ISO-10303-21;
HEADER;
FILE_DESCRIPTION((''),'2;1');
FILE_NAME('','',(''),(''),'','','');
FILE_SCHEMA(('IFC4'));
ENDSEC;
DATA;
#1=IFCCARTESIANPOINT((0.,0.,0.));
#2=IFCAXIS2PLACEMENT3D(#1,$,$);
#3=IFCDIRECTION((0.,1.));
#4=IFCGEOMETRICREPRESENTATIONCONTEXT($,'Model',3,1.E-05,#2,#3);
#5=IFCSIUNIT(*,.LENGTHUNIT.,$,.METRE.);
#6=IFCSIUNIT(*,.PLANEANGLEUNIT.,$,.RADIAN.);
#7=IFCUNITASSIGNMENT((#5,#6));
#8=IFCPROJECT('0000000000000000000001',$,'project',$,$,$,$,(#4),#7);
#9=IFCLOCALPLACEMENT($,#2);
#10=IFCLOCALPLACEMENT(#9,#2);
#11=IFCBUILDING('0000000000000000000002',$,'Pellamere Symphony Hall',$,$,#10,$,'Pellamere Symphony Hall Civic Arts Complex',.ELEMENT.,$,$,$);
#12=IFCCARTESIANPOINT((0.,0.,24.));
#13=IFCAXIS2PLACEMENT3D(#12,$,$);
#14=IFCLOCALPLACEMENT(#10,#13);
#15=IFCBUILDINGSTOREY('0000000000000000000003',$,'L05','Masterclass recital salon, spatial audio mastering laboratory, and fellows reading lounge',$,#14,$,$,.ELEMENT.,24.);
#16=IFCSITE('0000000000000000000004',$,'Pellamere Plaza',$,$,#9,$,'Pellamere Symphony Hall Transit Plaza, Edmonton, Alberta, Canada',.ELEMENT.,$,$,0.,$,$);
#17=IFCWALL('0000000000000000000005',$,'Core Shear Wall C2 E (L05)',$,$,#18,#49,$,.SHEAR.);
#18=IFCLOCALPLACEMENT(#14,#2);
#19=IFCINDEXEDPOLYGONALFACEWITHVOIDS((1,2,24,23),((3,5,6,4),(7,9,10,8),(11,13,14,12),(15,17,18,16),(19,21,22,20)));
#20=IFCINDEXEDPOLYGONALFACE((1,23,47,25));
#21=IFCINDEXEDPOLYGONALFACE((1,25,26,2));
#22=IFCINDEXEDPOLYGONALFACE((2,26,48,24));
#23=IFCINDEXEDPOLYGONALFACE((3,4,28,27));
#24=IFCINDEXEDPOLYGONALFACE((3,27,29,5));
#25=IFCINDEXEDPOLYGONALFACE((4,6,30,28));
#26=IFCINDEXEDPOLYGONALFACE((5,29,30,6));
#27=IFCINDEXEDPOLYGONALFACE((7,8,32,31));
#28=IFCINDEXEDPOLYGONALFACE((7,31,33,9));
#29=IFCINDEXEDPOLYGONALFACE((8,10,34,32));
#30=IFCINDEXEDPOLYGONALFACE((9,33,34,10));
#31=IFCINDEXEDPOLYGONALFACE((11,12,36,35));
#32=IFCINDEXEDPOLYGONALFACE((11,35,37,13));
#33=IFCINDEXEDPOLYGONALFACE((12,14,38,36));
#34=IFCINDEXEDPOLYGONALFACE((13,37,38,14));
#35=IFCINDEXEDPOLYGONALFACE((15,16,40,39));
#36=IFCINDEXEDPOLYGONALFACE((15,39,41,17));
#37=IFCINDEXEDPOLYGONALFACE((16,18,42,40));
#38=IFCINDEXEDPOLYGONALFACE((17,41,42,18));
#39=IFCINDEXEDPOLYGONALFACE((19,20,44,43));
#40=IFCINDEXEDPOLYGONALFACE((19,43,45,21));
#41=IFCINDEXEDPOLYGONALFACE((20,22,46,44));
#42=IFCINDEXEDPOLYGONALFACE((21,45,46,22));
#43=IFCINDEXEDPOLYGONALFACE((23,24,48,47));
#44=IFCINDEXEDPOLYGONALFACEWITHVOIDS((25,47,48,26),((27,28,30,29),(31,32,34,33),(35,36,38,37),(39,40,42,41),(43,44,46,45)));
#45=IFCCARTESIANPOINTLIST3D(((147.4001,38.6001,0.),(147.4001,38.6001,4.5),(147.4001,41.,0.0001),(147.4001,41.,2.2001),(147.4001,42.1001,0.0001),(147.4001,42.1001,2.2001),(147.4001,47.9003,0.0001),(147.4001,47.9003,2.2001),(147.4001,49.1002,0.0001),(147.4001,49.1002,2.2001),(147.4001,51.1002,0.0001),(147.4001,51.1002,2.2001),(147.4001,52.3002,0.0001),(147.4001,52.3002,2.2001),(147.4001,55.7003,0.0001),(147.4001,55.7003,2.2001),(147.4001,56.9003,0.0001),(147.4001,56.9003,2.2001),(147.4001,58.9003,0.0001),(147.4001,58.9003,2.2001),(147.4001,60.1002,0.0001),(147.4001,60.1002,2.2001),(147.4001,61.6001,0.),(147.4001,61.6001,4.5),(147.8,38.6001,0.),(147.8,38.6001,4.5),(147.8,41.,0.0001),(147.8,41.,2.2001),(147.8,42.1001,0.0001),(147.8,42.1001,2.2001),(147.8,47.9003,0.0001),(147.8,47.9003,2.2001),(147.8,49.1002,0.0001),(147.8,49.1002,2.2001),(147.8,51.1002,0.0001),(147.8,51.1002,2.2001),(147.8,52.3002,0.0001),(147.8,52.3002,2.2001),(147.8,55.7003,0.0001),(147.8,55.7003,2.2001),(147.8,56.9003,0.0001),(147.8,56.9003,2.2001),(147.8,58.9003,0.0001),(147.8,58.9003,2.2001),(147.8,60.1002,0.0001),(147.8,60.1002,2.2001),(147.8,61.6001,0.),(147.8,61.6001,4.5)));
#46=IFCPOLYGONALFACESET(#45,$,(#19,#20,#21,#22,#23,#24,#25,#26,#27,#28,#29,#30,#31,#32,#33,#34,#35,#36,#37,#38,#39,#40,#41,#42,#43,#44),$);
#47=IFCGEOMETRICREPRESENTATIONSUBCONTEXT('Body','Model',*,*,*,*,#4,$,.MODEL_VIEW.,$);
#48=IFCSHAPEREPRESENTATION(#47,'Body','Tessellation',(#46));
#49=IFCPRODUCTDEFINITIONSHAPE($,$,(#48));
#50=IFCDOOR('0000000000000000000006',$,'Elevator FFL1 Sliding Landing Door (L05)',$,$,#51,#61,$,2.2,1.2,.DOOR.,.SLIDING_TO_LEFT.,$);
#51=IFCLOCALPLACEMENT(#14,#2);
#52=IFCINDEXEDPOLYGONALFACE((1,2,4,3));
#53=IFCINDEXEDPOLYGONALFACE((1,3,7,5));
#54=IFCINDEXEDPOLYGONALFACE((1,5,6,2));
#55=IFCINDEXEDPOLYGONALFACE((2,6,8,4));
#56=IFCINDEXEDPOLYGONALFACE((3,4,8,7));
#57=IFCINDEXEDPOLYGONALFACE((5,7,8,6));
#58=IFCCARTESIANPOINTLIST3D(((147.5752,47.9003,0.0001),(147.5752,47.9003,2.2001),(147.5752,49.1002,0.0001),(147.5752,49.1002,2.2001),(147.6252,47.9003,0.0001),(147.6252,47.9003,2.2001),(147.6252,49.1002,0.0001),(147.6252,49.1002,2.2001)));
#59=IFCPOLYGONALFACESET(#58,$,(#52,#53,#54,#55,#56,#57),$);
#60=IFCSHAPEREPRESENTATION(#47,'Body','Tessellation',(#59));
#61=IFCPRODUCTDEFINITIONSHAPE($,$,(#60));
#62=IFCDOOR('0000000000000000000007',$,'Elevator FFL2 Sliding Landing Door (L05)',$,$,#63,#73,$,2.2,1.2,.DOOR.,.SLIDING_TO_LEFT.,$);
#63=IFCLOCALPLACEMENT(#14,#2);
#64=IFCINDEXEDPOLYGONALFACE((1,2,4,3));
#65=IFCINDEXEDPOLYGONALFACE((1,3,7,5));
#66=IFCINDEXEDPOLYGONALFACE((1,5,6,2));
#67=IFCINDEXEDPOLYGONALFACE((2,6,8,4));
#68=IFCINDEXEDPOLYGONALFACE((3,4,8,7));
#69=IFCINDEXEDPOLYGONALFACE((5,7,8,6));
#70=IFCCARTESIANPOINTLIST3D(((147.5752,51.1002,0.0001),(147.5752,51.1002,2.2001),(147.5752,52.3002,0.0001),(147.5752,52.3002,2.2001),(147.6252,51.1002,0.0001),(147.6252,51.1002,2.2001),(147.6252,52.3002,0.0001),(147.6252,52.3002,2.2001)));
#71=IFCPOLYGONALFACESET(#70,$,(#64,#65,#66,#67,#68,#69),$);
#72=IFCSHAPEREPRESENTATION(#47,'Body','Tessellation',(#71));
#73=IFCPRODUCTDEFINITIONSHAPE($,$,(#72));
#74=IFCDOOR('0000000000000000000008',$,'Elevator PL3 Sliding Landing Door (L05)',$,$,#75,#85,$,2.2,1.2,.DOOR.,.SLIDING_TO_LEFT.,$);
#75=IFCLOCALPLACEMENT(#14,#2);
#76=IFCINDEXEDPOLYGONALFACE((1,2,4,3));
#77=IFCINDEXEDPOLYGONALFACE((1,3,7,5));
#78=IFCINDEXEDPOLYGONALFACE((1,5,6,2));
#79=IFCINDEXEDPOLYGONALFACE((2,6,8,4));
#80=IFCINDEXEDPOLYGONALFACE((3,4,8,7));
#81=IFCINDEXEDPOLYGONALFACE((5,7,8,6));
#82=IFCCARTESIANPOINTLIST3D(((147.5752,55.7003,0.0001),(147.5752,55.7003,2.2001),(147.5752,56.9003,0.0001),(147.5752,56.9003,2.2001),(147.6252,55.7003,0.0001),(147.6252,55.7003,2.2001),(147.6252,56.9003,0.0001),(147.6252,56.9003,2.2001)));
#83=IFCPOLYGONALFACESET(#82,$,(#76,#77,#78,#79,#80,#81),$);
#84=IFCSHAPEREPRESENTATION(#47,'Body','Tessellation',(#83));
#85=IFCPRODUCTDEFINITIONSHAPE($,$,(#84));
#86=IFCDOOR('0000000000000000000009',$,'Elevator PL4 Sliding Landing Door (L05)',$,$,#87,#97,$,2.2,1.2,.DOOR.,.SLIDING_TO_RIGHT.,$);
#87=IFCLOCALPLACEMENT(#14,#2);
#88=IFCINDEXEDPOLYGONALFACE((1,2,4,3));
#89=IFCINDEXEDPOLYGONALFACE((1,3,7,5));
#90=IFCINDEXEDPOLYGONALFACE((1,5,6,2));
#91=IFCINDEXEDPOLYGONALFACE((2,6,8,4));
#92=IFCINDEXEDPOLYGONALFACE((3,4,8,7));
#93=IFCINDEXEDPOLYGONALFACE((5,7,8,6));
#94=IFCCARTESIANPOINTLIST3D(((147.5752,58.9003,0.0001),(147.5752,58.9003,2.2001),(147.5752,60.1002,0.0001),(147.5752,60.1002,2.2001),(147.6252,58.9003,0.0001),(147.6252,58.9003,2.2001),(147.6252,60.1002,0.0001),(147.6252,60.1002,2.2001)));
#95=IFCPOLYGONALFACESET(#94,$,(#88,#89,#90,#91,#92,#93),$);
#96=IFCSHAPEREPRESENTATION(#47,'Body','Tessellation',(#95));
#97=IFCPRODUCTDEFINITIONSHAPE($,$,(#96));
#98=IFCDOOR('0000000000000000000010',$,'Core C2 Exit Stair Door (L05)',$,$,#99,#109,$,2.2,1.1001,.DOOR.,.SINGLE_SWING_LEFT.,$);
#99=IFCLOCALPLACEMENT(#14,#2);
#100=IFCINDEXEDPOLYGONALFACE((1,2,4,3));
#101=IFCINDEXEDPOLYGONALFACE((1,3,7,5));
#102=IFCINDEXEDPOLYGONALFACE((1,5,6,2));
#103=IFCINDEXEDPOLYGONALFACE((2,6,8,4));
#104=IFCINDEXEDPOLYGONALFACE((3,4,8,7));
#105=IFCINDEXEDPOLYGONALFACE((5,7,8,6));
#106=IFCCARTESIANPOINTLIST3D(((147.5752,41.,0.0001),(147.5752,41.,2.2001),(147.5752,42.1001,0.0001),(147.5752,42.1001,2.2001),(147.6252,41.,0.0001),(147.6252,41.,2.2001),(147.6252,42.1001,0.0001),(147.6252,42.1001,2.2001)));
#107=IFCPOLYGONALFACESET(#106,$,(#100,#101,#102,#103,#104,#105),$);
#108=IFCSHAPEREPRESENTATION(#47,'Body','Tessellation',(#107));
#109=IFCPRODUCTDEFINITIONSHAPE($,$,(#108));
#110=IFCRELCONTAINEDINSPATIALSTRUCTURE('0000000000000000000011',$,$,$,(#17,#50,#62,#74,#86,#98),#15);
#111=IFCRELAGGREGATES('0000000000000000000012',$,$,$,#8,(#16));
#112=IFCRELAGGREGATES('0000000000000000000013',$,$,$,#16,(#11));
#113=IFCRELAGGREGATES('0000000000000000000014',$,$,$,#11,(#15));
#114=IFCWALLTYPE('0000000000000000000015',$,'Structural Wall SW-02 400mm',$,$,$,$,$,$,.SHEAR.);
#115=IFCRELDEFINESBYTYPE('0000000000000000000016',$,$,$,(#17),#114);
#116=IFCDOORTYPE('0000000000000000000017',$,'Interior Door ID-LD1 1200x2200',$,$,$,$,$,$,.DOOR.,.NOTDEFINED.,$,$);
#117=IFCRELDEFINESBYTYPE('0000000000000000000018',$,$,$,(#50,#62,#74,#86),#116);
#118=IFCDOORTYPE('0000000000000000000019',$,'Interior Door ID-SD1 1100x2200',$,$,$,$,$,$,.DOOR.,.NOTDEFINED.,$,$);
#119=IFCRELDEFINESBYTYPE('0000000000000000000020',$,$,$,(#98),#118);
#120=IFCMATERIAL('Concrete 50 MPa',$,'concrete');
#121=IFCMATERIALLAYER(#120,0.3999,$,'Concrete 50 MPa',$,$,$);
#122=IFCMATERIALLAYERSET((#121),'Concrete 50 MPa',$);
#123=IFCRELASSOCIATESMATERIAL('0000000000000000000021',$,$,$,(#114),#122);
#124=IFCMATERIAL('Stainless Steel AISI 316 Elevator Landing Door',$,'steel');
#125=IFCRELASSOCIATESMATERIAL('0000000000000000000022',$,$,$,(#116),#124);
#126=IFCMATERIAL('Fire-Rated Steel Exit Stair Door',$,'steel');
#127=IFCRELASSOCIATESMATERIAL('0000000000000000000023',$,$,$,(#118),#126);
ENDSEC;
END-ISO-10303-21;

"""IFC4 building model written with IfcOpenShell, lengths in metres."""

from ifc_helpers import new_model, si_unit, direction, frame, frame_2d, origin, place, context, subcontext, project, spatial, rectangle, extrude, material, layer, layer_set, type_object, element, fill, save


model = new_model("IFC4")

# Units and contexts
model_context = context("Model", 3, precision=1e-05, world=origin(), true_north=direction((0.0, 1.0)))
body_context = subcontext(model_context, "Body", "Model", "MODEL_VIEW")
ifc_project = project(units=[si_unit("LENGTHUNIT", "METRE"), si_unit("PLANEANGLEUNIT", "RADIAN")], contexts=[model_context])

# Site, building, storey
site_placement = place(None, origin())
site = spatial("IfcSite", under=ifc_project, at=site_placement, Name="Pellamere Plaza", LongName="Pellamere Symphony Hall Transit Plaza, Edmonton, Alberta, Canada", CompositionType="ELEMENT", RefElevation=0.0)
building_placement = place(site_placement, origin())
building = spatial("IfcBuilding", under=site, at=building_placement, Name="Pellamere Symphony Hall", LongName="Pellamere Symphony Hall Civic Arts Complex", CompositionType="ELEMENT")
storey_placement = place(building_placement, frame((0.0, 0.0, 24.0)))
storey = spatial("IfcBuildingStorey", under=building, at=storey_placement, Name="L05", Description="Masterclass recital salon, spatial audio mastering laboratory, and fellows reading lounge", CompositionType="ELEMENT", Elevation=24.0)

# Wall, openings, doors
ifc_material_1 = material(Name="Concrete 50 MPa", Category="concrete")
ifc_layer_1 = layer(ifc_material_1, 0.3999, Name="Concrete 50 MPa")
ifc_layer_set_1 = layer_set([ifc_layer_1], Name="Concrete 50 MPa")
wall_type_1 = type_object("IfcWallType", Name="Structural Wall SW-02 400mm", PredefinedType="SHEAR", material=ifc_layer_set_1)
wall_1_placement = place(storey_placement, frame((147.6001, 38.6001, 0.0), z_axis=(0.0, 0.0, 1.0), x_axis=(0.0, 1.0, 0.0)))
wall_1 = element("IfcWall", 1, at=wall_1_placement, inside=storey, type_object=wall_type_1, Name="Core Shear Wall C2 E (L05)", PredefinedType="SHEAR", context=body_context, shape_type="SweptSolid", body=[
    extrude(rectangle(XDim=23.0, YDim=0.3999, at=frame_2d((11.5, 0.0))), origin(), (0.0, 0.0, 1.0), 4.5),
])
opening_1_placement = place(wall_1_placement, frame((9.3, 0.0, 0.0)))
opening_1 = element("IfcOpeningElement", 2, at=opening_1_placement, cuts=wall_1, PredefinedType="OPENING", context=body_context, shape_type="SweptSolid", body=[
    extrude(rectangle(XDim=1.2, YDim=2.2, at=frame_2d((0.6001, 1.1001))), frame((0.0, 0.21, 0.0), z_axis=(0.0, -1.0, 0.0), x_axis=(1.0, 0.0, 0.0)), (0.0, 0.0, 1.0), 0.4199),
])
opening_2_placement = place(wall_1_placement, frame((12.5, 0.0, 0.0)))
opening_2 = element("IfcOpeningElement", 3, at=opening_2_placement, cuts=wall_1, PredefinedType="OPENING", context=body_context, shape_type="SweptSolid", body=[
    extrude(rectangle(XDim=1.2, YDim=2.2, at=frame_2d((0.6001, 1.1001))), frame((0.0, 0.21, 0.0), z_axis=(0.0, -1.0, 0.0), x_axis=(1.0, 0.0, 0.0)), (0.0, 0.0, 1.0), 0.4199),
])
opening_3_placement = place(wall_1_placement, frame((17.1001, 0.0, 0.0)))
opening_3 = element("IfcOpeningElement", 4, at=opening_3_placement, cuts=wall_1, PredefinedType="OPENING", context=body_context, shape_type="SweptSolid", body=[
    extrude(rectangle(XDim=1.2, YDim=2.2, at=frame_2d((0.6001, 1.1001))), frame((0.0, 0.21, 0.0), z_axis=(0.0, -1.0, 0.0), x_axis=(1.0, 0.0, 0.0)), (0.0, 0.0, 1.0), 0.4199),
])
opening_4_placement = place(wall_1_placement, frame((20.3, 0.0, 0.0)))
opening_4 = element("IfcOpeningElement", 5, at=opening_4_placement, cuts=wall_1, PredefinedType="OPENING", context=body_context, shape_type="SweptSolid", body=[
    extrude(rectangle(XDim=1.2, YDim=2.2, at=frame_2d((0.6001, 1.1001))), frame((0.0, 0.21, 0.0), z_axis=(0.0, -1.0, 0.0), x_axis=(1.0, 0.0, 0.0)), (0.0, 0.0, 1.0), 0.4199),
])
opening_5_placement = place(wall_1_placement, frame((2.3999, 0.0, 0.0)))
opening_5 = element("IfcOpeningElement", 6, at=opening_5_placement, cuts=wall_1, PredefinedType="OPENING", context=body_context, shape_type="SweptSolid", body=[
    extrude(rectangle(XDim=1.1001, YDim=2.2, at=frame_2d((0.55, 1.1001))), frame((0.0, 0.21, 0.0), z_axis=(0.0, -1.0, 0.0), x_axis=(1.0, 0.0, 0.0)), (0.0, 0.0, 1.0), 0.4199),
])
ifc_material_2 = material(Name="Stainless Steel AISI 316 Elevator Landing Door", Category="steel")
door_type_1 = type_object("IfcDoorType", Name="Interior Door ID-LD1 1200x2200", OperationType="NOTDEFINED", PredefinedType="DOOR", material=ifc_material_2)
door_1_placement = place(opening_1_placement, origin())
door_1 = element("IfcDoor", 7, at=door_1_placement, inside=storey, type_object=door_type_1, Name="Elevator FFL1 Sliding Landing Door (L05)", OperationType="SLIDING_TO_LEFT", OverallHeight=2.2, OverallWidth=1.2, PredefinedType="DOOR", context=body_context, shape_type="SweptSolid", body=[
    extrude(rectangle(XDim=1.2, YDim=2.2, at=frame_2d((0.6001, 1.1001))), frame((0.0, 0.0249, 0.0), z_axis=(0.0, -1.0, 0.0), x_axis=(1.0, 0.0, 0.0)), (0.0, 0.0, 1.0), 0.05),
])
fill(opening_1, door_1)
door_2_placement = place(opening_2_placement, origin())
door_2 = element("IfcDoor", 8, at=door_2_placement, inside=storey, type_object=door_type_1, Name="Elevator FFL2 Sliding Landing Door (L05)", OperationType="SLIDING_TO_LEFT", OverallHeight=2.2, OverallWidth=1.2, PredefinedType="DOOR", context=body_context, shape_type="SweptSolid", body=[
    extrude(rectangle(XDim=1.2, YDim=2.2, at=frame_2d((0.6001, 1.1001))), frame((0.0, 0.0249, 0.0), z_axis=(0.0, -1.0, 0.0), x_axis=(1.0, 0.0, 0.0)), (0.0, 0.0, 1.0), 0.05),
])
fill(opening_2, door_2)
door_3_placement = place(opening_3_placement, origin())
door_3 = element("IfcDoor", 9, at=door_3_placement, inside=storey, type_object=door_type_1, Name="Elevator PL3 Sliding Landing Door (L05)", OperationType="SLIDING_TO_LEFT", OverallHeight=2.2, OverallWidth=1.2, PredefinedType="DOOR", context=body_context, shape_type="SweptSolid", body=[
    extrude(rectangle(XDim=1.2, YDim=2.2, at=frame_2d((0.6001, 1.1001))), frame((0.0, 0.0249, 0.0), z_axis=(0.0, -1.0, 0.0), x_axis=(1.0, 0.0, 0.0)), (0.0, 0.0, 1.0), 0.05),
])
fill(opening_3, door_3)
door_4_placement = place(opening_4_placement, origin())
door_4 = element("IfcDoor", 10, at=door_4_placement, inside=storey, type_object=door_type_1, Name="Elevator PL4 Sliding Landing Door (L05)", OperationType="SLIDING_TO_RIGHT", OverallHeight=2.2, OverallWidth=1.2, PredefinedType="DOOR", context=body_context, shape_type="SweptSolid", body=[
    extrude(rectangle(XDim=1.2, YDim=2.2, at=frame_2d((0.6001, 1.1001))), frame((0.0, 0.0249, 0.0), z_axis=(0.0, -1.0, 0.0), x_axis=(1.0, 0.0, 0.0)), (0.0, 0.0, 1.0), 0.05),
])
fill(opening_4, door_4)
ifc_material_3 = material(Name="Fire-Rated Steel Exit Stair Door", Category="steel")
door_type_2 = type_object("IfcDoorType", Name="Interior Door ID-SD1 1100x2200", OperationType="NOTDEFINED", PredefinedType="DOOR", material=ifc_material_3)
door_5_placement = place(opening_5_placement, origin())
door_5 = element("IfcDoor", 11, at=door_5_placement, inside=storey, type_object=door_type_2, Name="Core C2 Exit Stair Door (L05)", OperationType="SINGLE_SWING_LEFT", OverallHeight=2.2, OverallWidth=1.1001, PredefinedType="DOOR", context=body_context, shape_type="SweptSolid", body=[
    extrude(rectangle(XDim=1.1001, YDim=2.2, at=frame_2d((0.55, 1.1001))), frame((0.0, 0.0249, 0.0), z_axis=(0.0, -1.0, 0.0), x_axis=(1.0, 0.0, 0.0)), (0.0, 0.0, 1.0), 0.05),
])
fill(opening_5, door_5)

save(model, "model.ifc")
